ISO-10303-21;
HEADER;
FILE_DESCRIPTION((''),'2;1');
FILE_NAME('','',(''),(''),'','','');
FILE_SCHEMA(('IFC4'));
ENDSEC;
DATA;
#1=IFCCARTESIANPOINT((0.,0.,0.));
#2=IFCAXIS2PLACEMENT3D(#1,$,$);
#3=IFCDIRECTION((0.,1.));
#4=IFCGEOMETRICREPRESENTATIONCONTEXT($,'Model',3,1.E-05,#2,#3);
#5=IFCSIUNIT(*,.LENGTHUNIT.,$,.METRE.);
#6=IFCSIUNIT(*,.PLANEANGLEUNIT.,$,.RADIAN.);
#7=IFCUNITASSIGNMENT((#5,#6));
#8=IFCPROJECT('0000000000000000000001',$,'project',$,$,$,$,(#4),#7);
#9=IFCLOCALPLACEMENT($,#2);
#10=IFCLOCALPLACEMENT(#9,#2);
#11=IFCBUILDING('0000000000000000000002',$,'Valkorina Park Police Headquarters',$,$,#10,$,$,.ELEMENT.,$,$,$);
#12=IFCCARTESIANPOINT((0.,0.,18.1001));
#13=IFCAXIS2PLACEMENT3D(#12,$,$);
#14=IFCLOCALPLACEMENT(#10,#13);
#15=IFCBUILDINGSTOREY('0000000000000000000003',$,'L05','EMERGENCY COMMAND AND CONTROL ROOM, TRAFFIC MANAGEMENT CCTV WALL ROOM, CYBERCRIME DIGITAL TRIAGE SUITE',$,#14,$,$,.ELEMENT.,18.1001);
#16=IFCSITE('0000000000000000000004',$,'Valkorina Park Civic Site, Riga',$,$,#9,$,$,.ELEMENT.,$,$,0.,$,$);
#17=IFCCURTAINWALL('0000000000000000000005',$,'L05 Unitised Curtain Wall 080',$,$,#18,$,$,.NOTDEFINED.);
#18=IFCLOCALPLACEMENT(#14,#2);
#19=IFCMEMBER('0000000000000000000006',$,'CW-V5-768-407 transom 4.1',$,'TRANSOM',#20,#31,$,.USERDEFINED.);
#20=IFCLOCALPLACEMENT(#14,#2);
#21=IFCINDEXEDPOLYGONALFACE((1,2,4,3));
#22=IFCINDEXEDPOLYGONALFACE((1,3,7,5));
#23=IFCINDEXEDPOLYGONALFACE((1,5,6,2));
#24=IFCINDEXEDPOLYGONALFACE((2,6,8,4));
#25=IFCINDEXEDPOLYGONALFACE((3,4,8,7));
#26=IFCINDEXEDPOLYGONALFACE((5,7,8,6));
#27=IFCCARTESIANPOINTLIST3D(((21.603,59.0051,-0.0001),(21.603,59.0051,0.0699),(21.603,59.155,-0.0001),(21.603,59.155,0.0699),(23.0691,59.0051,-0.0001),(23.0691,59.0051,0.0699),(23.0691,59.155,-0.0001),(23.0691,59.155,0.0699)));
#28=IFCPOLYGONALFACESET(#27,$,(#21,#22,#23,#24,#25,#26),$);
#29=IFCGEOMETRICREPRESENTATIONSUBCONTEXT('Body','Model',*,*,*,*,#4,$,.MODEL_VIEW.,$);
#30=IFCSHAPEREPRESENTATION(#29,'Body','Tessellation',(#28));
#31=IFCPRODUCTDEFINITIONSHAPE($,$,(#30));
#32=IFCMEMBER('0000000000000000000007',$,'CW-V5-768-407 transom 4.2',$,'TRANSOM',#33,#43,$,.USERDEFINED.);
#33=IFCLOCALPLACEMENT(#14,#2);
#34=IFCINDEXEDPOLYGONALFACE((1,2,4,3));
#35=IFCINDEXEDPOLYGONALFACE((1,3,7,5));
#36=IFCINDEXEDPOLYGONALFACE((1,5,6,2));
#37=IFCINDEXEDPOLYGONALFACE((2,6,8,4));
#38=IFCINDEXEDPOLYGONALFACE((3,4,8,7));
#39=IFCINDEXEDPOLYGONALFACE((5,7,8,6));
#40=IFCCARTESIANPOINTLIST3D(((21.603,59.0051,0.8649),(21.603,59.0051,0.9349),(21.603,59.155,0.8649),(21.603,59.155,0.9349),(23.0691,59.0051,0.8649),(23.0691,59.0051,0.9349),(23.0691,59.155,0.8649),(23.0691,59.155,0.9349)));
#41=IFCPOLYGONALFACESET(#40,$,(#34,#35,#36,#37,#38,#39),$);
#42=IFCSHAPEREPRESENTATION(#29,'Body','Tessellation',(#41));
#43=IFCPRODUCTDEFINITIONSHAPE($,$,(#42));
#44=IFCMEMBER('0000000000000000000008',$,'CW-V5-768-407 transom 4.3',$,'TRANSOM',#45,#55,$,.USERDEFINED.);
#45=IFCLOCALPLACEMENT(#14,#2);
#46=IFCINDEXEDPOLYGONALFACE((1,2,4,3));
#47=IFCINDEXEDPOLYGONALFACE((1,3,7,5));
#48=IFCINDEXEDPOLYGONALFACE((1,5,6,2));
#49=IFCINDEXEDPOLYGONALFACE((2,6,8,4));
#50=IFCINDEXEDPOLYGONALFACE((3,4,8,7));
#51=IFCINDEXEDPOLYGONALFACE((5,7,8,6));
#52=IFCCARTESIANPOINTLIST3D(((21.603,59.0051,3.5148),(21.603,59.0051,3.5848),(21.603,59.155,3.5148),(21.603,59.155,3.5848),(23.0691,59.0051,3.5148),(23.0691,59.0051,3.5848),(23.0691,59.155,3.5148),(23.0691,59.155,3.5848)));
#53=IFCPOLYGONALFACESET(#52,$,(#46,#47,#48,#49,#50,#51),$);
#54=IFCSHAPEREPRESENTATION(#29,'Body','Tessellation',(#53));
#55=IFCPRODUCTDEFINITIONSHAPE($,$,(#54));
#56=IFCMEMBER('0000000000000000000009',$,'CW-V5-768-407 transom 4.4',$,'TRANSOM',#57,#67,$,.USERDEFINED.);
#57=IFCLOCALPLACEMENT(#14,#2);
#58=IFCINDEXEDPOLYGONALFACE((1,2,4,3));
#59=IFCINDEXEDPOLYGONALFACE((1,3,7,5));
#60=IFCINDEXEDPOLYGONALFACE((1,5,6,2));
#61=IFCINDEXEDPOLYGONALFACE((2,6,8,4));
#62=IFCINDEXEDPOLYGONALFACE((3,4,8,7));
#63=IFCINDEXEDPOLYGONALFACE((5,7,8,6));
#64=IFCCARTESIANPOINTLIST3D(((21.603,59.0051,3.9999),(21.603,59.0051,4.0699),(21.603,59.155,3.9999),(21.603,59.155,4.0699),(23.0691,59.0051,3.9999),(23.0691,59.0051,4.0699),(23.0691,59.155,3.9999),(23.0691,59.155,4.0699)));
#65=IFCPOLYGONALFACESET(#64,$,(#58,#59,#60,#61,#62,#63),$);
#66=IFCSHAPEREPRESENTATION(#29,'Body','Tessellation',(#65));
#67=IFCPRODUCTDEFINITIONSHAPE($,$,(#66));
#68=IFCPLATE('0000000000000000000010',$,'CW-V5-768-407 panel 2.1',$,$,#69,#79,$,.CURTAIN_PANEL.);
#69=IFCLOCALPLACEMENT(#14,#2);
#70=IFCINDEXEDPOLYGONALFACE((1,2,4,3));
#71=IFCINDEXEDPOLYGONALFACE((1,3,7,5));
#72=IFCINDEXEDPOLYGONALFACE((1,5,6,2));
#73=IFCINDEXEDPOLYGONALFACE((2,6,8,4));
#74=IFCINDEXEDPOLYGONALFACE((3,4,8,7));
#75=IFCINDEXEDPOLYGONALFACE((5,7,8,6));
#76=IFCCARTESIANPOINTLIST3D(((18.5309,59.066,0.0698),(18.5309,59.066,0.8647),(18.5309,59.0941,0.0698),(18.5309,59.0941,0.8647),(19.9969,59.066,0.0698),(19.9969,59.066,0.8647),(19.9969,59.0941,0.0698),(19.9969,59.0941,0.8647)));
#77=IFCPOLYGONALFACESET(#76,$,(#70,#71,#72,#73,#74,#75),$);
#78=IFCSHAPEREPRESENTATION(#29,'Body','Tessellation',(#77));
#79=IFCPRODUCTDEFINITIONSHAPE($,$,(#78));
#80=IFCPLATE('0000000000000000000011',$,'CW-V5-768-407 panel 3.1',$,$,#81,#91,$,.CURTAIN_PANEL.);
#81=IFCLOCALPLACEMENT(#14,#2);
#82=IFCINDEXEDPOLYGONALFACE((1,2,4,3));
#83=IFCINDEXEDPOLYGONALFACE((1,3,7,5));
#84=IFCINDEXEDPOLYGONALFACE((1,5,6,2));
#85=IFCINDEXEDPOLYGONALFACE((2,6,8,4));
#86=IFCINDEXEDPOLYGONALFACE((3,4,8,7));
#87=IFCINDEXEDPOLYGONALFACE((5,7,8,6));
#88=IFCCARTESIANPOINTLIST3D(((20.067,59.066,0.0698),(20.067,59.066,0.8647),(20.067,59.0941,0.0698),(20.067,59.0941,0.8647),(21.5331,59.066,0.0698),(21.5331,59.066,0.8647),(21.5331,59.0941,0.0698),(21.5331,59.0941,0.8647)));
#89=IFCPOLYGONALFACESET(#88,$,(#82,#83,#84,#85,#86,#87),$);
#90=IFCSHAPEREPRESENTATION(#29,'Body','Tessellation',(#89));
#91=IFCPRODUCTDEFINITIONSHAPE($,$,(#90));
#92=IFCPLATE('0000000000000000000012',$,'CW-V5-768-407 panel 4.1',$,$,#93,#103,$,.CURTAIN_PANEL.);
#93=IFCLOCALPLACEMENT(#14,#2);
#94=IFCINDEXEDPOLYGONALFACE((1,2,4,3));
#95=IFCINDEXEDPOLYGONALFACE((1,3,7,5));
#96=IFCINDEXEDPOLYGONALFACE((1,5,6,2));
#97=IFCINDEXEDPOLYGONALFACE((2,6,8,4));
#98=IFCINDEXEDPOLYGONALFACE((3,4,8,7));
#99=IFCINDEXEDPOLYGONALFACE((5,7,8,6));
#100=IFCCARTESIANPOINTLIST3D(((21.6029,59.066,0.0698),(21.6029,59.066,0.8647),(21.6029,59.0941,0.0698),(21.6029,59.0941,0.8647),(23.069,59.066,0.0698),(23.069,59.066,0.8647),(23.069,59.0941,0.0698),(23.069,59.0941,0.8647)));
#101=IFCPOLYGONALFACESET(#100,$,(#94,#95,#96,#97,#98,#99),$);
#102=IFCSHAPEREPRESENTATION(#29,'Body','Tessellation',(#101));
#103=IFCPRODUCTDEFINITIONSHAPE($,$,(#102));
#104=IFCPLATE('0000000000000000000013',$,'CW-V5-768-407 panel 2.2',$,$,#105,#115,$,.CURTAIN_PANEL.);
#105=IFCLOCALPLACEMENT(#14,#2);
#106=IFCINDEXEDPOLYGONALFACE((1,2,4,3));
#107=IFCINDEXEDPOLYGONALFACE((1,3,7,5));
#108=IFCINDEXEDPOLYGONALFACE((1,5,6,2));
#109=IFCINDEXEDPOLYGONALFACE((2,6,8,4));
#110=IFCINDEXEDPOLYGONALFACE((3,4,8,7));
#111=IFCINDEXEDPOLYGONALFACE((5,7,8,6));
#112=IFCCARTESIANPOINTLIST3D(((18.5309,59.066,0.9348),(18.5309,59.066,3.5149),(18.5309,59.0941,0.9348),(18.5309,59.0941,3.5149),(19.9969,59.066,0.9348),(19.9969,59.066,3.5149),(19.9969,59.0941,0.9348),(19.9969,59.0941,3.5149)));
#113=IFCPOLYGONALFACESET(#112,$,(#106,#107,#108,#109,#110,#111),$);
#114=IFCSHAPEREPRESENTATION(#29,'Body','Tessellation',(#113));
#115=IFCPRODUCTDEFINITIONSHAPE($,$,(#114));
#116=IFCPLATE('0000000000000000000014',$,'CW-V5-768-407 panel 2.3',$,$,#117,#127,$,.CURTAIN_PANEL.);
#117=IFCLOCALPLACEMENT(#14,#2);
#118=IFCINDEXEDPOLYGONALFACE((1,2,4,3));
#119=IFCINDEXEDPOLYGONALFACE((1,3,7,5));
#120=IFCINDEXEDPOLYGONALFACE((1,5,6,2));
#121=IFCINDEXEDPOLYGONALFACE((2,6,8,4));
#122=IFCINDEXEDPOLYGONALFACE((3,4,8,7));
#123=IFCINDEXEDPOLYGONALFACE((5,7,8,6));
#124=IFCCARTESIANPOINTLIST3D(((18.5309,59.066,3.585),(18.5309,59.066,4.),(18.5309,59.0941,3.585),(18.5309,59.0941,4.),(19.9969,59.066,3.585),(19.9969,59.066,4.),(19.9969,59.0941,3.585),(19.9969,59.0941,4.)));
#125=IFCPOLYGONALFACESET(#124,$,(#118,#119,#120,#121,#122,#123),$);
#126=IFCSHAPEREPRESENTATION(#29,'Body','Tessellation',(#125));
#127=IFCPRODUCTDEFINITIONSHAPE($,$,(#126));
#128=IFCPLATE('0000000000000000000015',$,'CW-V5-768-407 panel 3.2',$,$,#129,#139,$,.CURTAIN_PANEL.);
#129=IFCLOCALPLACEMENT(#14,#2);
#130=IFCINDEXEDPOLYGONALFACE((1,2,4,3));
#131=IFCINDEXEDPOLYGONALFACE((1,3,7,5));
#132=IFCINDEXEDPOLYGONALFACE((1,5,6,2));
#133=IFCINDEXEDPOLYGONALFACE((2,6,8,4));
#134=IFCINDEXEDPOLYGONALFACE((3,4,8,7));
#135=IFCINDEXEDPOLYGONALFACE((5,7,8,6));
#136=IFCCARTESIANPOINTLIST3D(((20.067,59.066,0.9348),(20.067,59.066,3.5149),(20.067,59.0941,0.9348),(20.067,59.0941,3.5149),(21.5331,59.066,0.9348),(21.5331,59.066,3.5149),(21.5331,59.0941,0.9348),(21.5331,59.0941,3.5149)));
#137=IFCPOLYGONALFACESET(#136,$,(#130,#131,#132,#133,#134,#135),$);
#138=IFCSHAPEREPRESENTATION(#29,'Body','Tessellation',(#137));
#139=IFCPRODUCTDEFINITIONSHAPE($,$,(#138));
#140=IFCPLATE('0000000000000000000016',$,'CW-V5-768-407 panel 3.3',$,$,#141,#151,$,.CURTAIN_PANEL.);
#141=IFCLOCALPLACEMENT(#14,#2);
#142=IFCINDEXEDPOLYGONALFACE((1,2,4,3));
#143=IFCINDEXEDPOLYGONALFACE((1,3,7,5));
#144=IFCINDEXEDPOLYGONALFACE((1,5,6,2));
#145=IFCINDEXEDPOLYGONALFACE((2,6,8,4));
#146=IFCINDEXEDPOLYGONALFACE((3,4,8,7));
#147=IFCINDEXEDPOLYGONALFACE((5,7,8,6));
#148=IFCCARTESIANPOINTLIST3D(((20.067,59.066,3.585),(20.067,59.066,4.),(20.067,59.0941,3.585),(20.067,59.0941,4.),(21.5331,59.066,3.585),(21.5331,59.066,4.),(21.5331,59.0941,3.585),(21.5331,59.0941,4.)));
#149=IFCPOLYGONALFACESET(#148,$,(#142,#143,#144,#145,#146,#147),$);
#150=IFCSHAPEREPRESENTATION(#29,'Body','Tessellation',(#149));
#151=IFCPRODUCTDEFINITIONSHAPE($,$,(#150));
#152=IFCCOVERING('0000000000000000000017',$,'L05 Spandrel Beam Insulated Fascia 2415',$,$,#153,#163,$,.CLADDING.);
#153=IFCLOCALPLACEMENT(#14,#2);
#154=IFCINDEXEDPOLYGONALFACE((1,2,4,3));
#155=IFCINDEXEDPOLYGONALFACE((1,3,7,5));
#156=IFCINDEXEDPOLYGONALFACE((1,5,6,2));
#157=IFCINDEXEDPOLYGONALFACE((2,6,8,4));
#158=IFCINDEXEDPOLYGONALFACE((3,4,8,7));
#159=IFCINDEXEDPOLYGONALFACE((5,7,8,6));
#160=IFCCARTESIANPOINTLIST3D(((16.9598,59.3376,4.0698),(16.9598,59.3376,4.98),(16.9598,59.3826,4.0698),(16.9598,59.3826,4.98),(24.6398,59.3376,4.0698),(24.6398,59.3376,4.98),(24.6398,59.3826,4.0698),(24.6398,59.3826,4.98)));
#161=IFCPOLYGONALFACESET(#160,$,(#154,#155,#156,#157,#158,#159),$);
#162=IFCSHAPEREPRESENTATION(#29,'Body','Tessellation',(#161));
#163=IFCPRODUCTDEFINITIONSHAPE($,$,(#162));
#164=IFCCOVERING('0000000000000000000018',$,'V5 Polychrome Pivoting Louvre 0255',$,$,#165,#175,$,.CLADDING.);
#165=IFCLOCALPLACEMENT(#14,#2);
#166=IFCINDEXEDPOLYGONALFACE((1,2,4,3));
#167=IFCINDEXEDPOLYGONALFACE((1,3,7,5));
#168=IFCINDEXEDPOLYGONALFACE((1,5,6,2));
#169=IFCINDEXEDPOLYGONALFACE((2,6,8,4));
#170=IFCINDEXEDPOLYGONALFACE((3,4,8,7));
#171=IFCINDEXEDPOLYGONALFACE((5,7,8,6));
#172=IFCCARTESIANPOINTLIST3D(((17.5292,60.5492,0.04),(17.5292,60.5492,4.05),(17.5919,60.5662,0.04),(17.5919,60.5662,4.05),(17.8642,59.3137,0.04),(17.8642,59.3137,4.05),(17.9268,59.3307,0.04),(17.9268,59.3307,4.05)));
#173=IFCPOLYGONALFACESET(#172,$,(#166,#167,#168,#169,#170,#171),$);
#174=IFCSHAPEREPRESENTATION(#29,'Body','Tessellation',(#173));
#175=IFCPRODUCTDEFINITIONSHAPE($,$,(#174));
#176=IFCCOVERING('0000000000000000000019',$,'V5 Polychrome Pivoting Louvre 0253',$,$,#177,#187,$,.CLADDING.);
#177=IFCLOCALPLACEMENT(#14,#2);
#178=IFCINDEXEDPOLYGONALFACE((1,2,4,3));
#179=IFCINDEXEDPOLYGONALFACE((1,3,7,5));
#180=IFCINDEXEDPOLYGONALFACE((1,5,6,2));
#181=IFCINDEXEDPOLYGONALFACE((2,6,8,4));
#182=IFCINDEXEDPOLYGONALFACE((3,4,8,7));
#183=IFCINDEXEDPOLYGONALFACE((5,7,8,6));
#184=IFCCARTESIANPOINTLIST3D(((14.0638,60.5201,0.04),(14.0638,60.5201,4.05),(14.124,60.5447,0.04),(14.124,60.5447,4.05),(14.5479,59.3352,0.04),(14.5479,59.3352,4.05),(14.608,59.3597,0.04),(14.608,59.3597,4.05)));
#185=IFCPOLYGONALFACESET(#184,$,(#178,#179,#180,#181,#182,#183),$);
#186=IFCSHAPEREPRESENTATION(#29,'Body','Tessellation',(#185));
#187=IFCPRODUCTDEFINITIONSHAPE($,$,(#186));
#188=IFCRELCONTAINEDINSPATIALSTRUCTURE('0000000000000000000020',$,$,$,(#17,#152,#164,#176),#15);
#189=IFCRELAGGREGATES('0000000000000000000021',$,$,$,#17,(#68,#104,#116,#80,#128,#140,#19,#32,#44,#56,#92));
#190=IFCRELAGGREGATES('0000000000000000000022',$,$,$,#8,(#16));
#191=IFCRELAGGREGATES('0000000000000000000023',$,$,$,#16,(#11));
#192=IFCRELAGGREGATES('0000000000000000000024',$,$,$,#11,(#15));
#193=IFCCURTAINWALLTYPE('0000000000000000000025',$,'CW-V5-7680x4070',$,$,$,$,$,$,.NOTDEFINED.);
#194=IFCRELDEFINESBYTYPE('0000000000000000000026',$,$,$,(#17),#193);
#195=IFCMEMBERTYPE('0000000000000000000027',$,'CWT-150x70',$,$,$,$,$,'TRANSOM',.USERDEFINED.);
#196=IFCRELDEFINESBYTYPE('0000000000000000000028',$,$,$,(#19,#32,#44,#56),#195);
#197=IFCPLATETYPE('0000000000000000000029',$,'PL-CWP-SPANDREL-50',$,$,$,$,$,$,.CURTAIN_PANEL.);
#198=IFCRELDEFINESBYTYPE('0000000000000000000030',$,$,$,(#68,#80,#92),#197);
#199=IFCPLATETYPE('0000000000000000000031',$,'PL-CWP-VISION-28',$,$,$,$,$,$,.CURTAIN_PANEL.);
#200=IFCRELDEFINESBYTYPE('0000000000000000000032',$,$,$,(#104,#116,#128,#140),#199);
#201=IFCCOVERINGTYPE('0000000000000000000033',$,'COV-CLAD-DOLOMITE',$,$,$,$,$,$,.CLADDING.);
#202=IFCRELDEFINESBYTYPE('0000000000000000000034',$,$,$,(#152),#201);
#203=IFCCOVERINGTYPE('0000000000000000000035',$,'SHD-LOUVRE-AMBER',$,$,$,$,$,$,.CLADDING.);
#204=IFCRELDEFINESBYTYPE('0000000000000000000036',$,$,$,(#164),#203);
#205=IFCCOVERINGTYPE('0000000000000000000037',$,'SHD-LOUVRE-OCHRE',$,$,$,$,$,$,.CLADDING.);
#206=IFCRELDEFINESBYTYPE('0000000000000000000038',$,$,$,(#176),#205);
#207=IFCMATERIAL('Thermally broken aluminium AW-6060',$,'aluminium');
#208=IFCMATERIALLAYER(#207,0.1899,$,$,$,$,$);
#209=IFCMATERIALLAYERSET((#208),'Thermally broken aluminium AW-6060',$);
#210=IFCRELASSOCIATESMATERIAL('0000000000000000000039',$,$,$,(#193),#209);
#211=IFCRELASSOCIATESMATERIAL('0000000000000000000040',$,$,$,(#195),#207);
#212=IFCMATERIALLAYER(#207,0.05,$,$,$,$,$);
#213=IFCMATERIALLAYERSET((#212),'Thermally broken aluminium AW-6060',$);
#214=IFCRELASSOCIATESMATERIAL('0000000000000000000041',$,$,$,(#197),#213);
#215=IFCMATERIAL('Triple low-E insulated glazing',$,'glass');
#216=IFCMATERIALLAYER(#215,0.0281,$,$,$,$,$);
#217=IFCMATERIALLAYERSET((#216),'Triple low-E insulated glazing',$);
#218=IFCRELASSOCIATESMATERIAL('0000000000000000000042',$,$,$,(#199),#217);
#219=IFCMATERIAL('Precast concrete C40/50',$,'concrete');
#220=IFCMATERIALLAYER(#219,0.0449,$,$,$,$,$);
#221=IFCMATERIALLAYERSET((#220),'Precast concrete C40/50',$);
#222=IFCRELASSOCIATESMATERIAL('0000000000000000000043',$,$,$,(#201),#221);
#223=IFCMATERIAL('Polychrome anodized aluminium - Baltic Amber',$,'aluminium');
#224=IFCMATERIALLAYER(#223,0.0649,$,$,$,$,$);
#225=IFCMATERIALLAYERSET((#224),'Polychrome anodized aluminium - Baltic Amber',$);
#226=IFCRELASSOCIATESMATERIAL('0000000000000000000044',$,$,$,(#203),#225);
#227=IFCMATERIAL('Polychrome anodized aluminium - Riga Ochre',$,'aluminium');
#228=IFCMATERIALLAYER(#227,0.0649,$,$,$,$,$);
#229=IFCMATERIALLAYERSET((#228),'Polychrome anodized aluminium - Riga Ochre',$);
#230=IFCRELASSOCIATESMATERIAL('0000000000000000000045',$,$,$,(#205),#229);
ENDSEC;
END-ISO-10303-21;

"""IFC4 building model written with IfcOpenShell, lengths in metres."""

from ifc_helpers import new_model, si_unit, direction, frame, frame_2d, origin, origin_2d, place, context, subcontext, project, spatial, rectangle, extrude, material, layer, layer_set, material_profile, profile_set, type_object, element, aggregate, save


model = new_model("IFC4")

# Units and contexts
model_context = context("Model", 3, precision=1e-05, world=origin(), true_north=direction((0.0, 1.0)))
body_context = subcontext(model_context, "Body", "Model", "MODEL_VIEW")
ifc_project = project(units=[si_unit("LENGTHUNIT", "METRE"), si_unit("PLANEANGLEUNIT", "RADIAN")], contexts=[model_context])

# Site, building, storey
site_placement = place(None, origin())
site = spatial("IfcSite", under=ifc_project, at=site_placement, Name="Valkorina Park Civic Site, Riga", CompositionType="ELEMENT", RefElevation=0.0)
building_placement = place(site_placement, origin())
building = spatial("IfcBuilding", under=site, at=building_placement, Name="Valkorina Park Police Headquarters", CompositionType="ELEMENT")
storey_placement = place(building_placement, frame((0.0, 0.0, 18.1001)))
storey = spatial("IfcBuildingStorey", under=building, at=storey_placement, Name="L05", Description="EMERGENCY COMMAND AND CONTROL ROOM, TRAFFIC MANAGEMENT CCTV WALL ROOM, CYBERCRIME DIGITAL TRIAGE SUITE", CompositionType="ELEMENT", Elevation=18.1001)

# Curtain wall, members, plates
ifc_material_1 = material(Name="Thermally broken aluminium AW-6060", Category="aluminium")
ifc_layer_1 = layer(ifc_material_1, 0.1899)
ifc_layer_set_1 = layer_set([ifc_layer_1], Name="Thermally broken aluminium AW-6060")
curtain_wall_type = type_object("IfcCurtainWallType", Name="CW-V5-7680x4070", PredefinedType="NOTDEFINED", material=ifc_layer_set_1)
curtain_wall_placement = place(storey_placement, origin())
curtain_wall = element("IfcCurtainWall", 1, at=curtain_wall_placement, inside=storey, type_object=curtain_wall_type, Name="L05 Unitised Curtain Wall 080", PredefinedType="NOTDEFINED")
ifc_material_profile_1 = material_profile(ifc_material_1, rectangle(XDim=0.1499, YDim=0.0701, at=origin_2d()), Name="CWT-02 150x70")
ifc_profile_set_1 = profile_set([ifc_material_profile_1], Name="Thermally broken aluminium AW-6060")
member_type_1 = type_object("IfcMemberType", Name="CWT-150x70", ElementType="TRANSOM", PredefinedType="USERDEFINED", material=ifc_profile_set_1)
member_1_placement = place(storey_placement, frame((21.603, 59.0801, 0.0349), z_axis=(1.0, 0.0, 0.0), x_axis=(0.0, 1.0, 0.0)))
member_1 = element("IfcMember", 2, at=member_1_placement, type_object=member_type_1, Name="CW-V5-768-407 transom 4.1", ObjectType="TRANSOM", PredefinedType="USERDEFINED", context=body_context, shape_type="SweptSolid", body=[
    extrude(rectangle(XDim=0.1499, YDim=0.0701, at=origin_2d()), origin(), (0.0, 0.0, 1.0), 1.4661),
])
member_2_placement = place(storey_placement, frame((21.603, 59.0801, 0.8999), z_axis=(1.0, 0.0, 0.0), x_axis=(0.0, 1.0, 0.0)))
member_2 = element("IfcMember", 3, at=member_2_placement, type_object=member_type_1, Name="CW-V5-768-407 transom 4.2", ObjectType="TRANSOM", PredefinedType="USERDEFINED", context=body_context, shape_type="SweptSolid", body=[
    extrude(rectangle(XDim=0.1499, YDim=0.0701, at=origin_2d()), origin(), (0.0, 0.0, 1.0), 1.4661),
])
member_3_placement = place(storey_placement, frame((21.603, 59.0801, 3.5498), z_axis=(1.0, 0.0, 0.0), x_axis=(0.0, 1.0, 0.0)))
member_3 = element("IfcMember", 4, at=member_3_placement, type_object=member_type_1, Name="CW-V5-768-407 transom 4.3", ObjectType="TRANSOM", PredefinedType="USERDEFINED", context=body_context, shape_type="SweptSolid", body=[
    extrude(rectangle(XDim=0.1499, YDim=0.0701, at=origin_2d()), origin(), (0.0, 0.0, 1.0), 1.4661),
])
member_4_placement = place(storey_placement, frame((21.603, 59.0801, 4.0349), z_axis=(1.0, 0.0, 0.0), x_axis=(0.0, 1.0, 0.0)))
member_4 = element("IfcMember", 5, at=member_4_placement, type_object=member_type_1, Name="CW-V5-768-407 transom 4.4", ObjectType="TRANSOM", PredefinedType="USERDEFINED", context=body_context, shape_type="SweptSolid", body=[
    extrude(rectangle(XDim=0.1499, YDim=0.0701, at=origin_2d()), origin(), (0.0, 0.0, 1.0), 1.4661),
])
ifc_layer_2 = layer(ifc_material_1, 0.05)
ifc_layer_set_2 = layer_set([ifc_layer_2], Name="Thermally broken aluminium AW-6060")
plate_type_1 = type_object("IfcPlateType", Name="PL-CWP-SPANDREL-50", PredefinedType="CURTAIN_PANEL", material=ifc_layer_set_2)
plate_1_placement = place(storey_placement, frame((19.2639, 59.0801, 0.0698), z_axis=(0.0, 0.0, 1.0), x_axis=(1.0, 0.0, 0.0)))
plate_1 = element("IfcPlate", 6, at=plate_1_placement, type_object=plate_type_1, Name="CW-V5-768-407 panel 2.1", PredefinedType="CURTAIN_PANEL", context=body_context, shape_type="SweptSolid", body=[
    extrude(rectangle(XDim=1.4661, YDim=0.0281, at=origin_2d()), origin(), (0.0, 0.0, 1.0), 0.7949),
])
plate_2_placement = place(storey_placement, frame((20.8, 59.0801, 0.0698), z_axis=(0.0, 0.0, 1.0), x_axis=(1.0, 0.0, 0.0)))
plate_2 = element("IfcPlate", 7, at=plate_2_placement, type_object=plate_type_1, Name="CW-V5-768-407 panel 3.1", PredefinedType="CURTAIN_PANEL", context=body_context, shape_type="SweptSolid", body=[
    extrude(rectangle(XDim=1.4661, YDim=0.0281, at=origin_2d()), origin(), (0.0, 0.0, 1.0), 0.7949),
])
plate_3_placement = place(storey_placement, frame((22.3359, 59.0801, 0.0698), z_axis=(0.0, 0.0, 1.0), x_axis=(1.0, 0.0, 0.0)))
plate_3 = element("IfcPlate", 8, at=plate_3_placement, type_object=plate_type_1, Name="CW-V5-768-407 panel 4.1", PredefinedType="CURTAIN_PANEL", context=body_context, shape_type="SweptSolid", body=[
    extrude(rectangle(XDim=1.4661, YDim=0.0281, at=origin_2d()), origin(), (0.0, 0.0, 1.0), 0.7949),
])
ifc_material_2 = material(Name="Triple low-E insulated glazing", Category="glass")
ifc_layer_3 = layer(ifc_material_2, 0.0281)
ifc_layer_set_3 = layer_set([ifc_layer_3], Name="Triple low-E insulated glazing")
plate_type_2 = type_object("IfcPlateType", Name="PL-CWP-VISION-28", PredefinedType="CURTAIN_PANEL", material=ifc_layer_set_3)
plate_4_placement = place(storey_placement, frame((19.2639, 59.0801, 0.9348), z_axis=(0.0, 0.0, 1.0), x_axis=(1.0, 0.0, 0.0)))
plate_4 = element("IfcPlate", 9, at=plate_4_placement, type_object=plate_type_2, Name="CW-V5-768-407 panel 2.2", PredefinedType="CURTAIN_PANEL", context=body_context, shape_type="SweptSolid", body=[
    extrude(rectangle(XDim=1.4661, YDim=0.0281, at=origin_2d()), origin(), (0.0, 0.0, 1.0), 2.5801),
])
plate_5_placement = place(storey_placement, frame((19.2639, 59.0801, 3.585), z_axis=(0.0, 0.0, 1.0), x_axis=(1.0, 0.0, 0.0)))
plate_5 = element("IfcPlate", 10, at=plate_5_placement, type_object=plate_type_2, Name="CW-V5-768-407 panel 2.3", PredefinedType="CURTAIN_PANEL", context=body_context, shape_type="SweptSolid", body=[
    extrude(rectangle(XDim=1.4661, YDim=0.0281, at=origin_2d()), origin(), (0.0, 0.0, 1.0), 0.415),
])
plate_6_placement = place(storey_placement, frame((20.8, 59.0801, 0.9348), z_axis=(0.0, 0.0, 1.0), x_axis=(1.0, 0.0, 0.0)))
plate_6 = element("IfcPlate", 11, at=plate_6_placement, type_object=plate_type_2, Name="CW-V5-768-407 panel 3.2", PredefinedType="CURTAIN_PANEL", context=body_context, shape_type="SweptSolid", body=[
    extrude(rectangle(XDim=1.4661, YDim=0.0281, at=origin_2d()), origin(), (0.0, 0.0, 1.0), 2.5801),
])
plate_7_placement = place(storey_placement, frame((20.8, 59.0801, 3.585), z_axis=(0.0, 0.0, 1.0), x_axis=(1.0, 0.0, 0.0)))
plate_7 = element("IfcPlate", 12, at=plate_7_placement, type_object=plate_type_2, Name="CW-V5-768-407 panel 3.3", PredefinedType="CURTAIN_PANEL", context=body_context, shape_type="SweptSolid", body=[
    extrude(rectangle(XDim=1.4661, YDim=0.0281, at=origin_2d()), origin(), (0.0, 0.0, 1.0), 0.415),
])
aggregate(curtain_wall, [plate_1, plate_4, plate_5, plate_2, plate_6, plate_7, member_1, member_2, member_3, member_4, plate_3])

# Coverings
ifc_material_3 = material(Name="Precast concrete C40/50", Category="concrete")
ifc_layer_4 = layer(ifc_material_3, 0.0449)
ifc_layer_set_4 = layer_set([ifc_layer_4], Name="Precast concrete C40/50")
covering_type_1 = type_object("IfcCoveringType", Name="COV-CLAD-DOLOMITE", PredefinedType="CLADDING", material=ifc_layer_set_4)
covering_1_placement = place(storey_placement, frame((16.96, 59.3601, 4.0698), z_axis=(0.0, 0.0, 1.0), x_axis=(1.0, 0.0, 0.0)))
element("IfcCovering", 13, at=covering_1_placement, inside=storey, type_object=covering_type_1, Name="L05 Spandrel Beam Insulated Fascia 2415", PredefinedType="CLADDING", context=body_context, shape_type="SweptSolid", body=[
    extrude(rectangle(XDim=7.6799, YDim=0.0449, at=frame_2d((3.8398, 0.0))), origin(), (0.0, 0.0, 1.0), 0.9102),
])
ifc_material_4 = material(Name="Polychrome anodized aluminium - Baltic Amber", Category="aluminium")
ifc_layer_5 = layer(ifc_material_4, 0.0649)
ifc_layer_set_5 = layer_set([ifc_layer_5], Name="Polychrome anodized aluminium - Baltic Amber")
covering_type_2 = type_object("IfcCoveringType", Name="SHD-LOUVRE-AMBER", PredefinedType="CLADDING", material=ifc_layer_set_5)
covering_2_placement = place(storey_placement, frame((17.728, 59.9399, 0.04), z_axis=(0.0, 0.0, 1.0), x_axis=(-0.261684, 0.965154, 0.0)))
element("IfcCovering", 14, at=covering_2_placement, inside=storey, type_object=covering_type_2, Name="V5 Polychrome Pivoting Louvre 0255", PredefinedType="CLADDING", context=body_context, shape_type="SweptSolid", body=[
    extrude(rectangle(XDim=1.28, YDim=0.0649, at=origin_2d()), origin(), (0.0, 0.0, 1.0), 4.01),
])
ifc_material_5 = material(Name="Polychrome anodized aluminium - Riga Ochre", Category="aluminium")
ifc_layer_6 = layer(ifc_material_5, 0.0649)
ifc_layer_set_6 = layer_set([ifc_layer_6], Name="Polychrome anodized aluminium - Riga Ochre")
covering_type_3 = type_object("IfcCoveringType", Name="SHD-LOUVRE-OCHRE", PredefinedType="CLADDING", material=ifc_layer_set_6)
for number, where, z_axis, x_axis, name in (
    (15, (14.3359, 59.9399, 0.04), (0.0, 0.0, 1.0), (-0.378164, 0.925739, 0.0), "V5 Polychrome Pivoting Louvre 0253"),
):
    element("IfcCovering", number, at=place(storey_placement, frame(where, z_axis=z_axis, x_axis=x_axis)), inside=storey, type_object=covering_type_3, Name=name, PredefinedType="CLADDING", context=body_context, shape_type="SweptSolid", body=[
        extrude(rectangle(XDim=1.28, YDim=0.0649, at=origin_2d()), origin(), (0.0, 0.0, 1.0), 4.01),
    ])

save(model, "model.ifc")
